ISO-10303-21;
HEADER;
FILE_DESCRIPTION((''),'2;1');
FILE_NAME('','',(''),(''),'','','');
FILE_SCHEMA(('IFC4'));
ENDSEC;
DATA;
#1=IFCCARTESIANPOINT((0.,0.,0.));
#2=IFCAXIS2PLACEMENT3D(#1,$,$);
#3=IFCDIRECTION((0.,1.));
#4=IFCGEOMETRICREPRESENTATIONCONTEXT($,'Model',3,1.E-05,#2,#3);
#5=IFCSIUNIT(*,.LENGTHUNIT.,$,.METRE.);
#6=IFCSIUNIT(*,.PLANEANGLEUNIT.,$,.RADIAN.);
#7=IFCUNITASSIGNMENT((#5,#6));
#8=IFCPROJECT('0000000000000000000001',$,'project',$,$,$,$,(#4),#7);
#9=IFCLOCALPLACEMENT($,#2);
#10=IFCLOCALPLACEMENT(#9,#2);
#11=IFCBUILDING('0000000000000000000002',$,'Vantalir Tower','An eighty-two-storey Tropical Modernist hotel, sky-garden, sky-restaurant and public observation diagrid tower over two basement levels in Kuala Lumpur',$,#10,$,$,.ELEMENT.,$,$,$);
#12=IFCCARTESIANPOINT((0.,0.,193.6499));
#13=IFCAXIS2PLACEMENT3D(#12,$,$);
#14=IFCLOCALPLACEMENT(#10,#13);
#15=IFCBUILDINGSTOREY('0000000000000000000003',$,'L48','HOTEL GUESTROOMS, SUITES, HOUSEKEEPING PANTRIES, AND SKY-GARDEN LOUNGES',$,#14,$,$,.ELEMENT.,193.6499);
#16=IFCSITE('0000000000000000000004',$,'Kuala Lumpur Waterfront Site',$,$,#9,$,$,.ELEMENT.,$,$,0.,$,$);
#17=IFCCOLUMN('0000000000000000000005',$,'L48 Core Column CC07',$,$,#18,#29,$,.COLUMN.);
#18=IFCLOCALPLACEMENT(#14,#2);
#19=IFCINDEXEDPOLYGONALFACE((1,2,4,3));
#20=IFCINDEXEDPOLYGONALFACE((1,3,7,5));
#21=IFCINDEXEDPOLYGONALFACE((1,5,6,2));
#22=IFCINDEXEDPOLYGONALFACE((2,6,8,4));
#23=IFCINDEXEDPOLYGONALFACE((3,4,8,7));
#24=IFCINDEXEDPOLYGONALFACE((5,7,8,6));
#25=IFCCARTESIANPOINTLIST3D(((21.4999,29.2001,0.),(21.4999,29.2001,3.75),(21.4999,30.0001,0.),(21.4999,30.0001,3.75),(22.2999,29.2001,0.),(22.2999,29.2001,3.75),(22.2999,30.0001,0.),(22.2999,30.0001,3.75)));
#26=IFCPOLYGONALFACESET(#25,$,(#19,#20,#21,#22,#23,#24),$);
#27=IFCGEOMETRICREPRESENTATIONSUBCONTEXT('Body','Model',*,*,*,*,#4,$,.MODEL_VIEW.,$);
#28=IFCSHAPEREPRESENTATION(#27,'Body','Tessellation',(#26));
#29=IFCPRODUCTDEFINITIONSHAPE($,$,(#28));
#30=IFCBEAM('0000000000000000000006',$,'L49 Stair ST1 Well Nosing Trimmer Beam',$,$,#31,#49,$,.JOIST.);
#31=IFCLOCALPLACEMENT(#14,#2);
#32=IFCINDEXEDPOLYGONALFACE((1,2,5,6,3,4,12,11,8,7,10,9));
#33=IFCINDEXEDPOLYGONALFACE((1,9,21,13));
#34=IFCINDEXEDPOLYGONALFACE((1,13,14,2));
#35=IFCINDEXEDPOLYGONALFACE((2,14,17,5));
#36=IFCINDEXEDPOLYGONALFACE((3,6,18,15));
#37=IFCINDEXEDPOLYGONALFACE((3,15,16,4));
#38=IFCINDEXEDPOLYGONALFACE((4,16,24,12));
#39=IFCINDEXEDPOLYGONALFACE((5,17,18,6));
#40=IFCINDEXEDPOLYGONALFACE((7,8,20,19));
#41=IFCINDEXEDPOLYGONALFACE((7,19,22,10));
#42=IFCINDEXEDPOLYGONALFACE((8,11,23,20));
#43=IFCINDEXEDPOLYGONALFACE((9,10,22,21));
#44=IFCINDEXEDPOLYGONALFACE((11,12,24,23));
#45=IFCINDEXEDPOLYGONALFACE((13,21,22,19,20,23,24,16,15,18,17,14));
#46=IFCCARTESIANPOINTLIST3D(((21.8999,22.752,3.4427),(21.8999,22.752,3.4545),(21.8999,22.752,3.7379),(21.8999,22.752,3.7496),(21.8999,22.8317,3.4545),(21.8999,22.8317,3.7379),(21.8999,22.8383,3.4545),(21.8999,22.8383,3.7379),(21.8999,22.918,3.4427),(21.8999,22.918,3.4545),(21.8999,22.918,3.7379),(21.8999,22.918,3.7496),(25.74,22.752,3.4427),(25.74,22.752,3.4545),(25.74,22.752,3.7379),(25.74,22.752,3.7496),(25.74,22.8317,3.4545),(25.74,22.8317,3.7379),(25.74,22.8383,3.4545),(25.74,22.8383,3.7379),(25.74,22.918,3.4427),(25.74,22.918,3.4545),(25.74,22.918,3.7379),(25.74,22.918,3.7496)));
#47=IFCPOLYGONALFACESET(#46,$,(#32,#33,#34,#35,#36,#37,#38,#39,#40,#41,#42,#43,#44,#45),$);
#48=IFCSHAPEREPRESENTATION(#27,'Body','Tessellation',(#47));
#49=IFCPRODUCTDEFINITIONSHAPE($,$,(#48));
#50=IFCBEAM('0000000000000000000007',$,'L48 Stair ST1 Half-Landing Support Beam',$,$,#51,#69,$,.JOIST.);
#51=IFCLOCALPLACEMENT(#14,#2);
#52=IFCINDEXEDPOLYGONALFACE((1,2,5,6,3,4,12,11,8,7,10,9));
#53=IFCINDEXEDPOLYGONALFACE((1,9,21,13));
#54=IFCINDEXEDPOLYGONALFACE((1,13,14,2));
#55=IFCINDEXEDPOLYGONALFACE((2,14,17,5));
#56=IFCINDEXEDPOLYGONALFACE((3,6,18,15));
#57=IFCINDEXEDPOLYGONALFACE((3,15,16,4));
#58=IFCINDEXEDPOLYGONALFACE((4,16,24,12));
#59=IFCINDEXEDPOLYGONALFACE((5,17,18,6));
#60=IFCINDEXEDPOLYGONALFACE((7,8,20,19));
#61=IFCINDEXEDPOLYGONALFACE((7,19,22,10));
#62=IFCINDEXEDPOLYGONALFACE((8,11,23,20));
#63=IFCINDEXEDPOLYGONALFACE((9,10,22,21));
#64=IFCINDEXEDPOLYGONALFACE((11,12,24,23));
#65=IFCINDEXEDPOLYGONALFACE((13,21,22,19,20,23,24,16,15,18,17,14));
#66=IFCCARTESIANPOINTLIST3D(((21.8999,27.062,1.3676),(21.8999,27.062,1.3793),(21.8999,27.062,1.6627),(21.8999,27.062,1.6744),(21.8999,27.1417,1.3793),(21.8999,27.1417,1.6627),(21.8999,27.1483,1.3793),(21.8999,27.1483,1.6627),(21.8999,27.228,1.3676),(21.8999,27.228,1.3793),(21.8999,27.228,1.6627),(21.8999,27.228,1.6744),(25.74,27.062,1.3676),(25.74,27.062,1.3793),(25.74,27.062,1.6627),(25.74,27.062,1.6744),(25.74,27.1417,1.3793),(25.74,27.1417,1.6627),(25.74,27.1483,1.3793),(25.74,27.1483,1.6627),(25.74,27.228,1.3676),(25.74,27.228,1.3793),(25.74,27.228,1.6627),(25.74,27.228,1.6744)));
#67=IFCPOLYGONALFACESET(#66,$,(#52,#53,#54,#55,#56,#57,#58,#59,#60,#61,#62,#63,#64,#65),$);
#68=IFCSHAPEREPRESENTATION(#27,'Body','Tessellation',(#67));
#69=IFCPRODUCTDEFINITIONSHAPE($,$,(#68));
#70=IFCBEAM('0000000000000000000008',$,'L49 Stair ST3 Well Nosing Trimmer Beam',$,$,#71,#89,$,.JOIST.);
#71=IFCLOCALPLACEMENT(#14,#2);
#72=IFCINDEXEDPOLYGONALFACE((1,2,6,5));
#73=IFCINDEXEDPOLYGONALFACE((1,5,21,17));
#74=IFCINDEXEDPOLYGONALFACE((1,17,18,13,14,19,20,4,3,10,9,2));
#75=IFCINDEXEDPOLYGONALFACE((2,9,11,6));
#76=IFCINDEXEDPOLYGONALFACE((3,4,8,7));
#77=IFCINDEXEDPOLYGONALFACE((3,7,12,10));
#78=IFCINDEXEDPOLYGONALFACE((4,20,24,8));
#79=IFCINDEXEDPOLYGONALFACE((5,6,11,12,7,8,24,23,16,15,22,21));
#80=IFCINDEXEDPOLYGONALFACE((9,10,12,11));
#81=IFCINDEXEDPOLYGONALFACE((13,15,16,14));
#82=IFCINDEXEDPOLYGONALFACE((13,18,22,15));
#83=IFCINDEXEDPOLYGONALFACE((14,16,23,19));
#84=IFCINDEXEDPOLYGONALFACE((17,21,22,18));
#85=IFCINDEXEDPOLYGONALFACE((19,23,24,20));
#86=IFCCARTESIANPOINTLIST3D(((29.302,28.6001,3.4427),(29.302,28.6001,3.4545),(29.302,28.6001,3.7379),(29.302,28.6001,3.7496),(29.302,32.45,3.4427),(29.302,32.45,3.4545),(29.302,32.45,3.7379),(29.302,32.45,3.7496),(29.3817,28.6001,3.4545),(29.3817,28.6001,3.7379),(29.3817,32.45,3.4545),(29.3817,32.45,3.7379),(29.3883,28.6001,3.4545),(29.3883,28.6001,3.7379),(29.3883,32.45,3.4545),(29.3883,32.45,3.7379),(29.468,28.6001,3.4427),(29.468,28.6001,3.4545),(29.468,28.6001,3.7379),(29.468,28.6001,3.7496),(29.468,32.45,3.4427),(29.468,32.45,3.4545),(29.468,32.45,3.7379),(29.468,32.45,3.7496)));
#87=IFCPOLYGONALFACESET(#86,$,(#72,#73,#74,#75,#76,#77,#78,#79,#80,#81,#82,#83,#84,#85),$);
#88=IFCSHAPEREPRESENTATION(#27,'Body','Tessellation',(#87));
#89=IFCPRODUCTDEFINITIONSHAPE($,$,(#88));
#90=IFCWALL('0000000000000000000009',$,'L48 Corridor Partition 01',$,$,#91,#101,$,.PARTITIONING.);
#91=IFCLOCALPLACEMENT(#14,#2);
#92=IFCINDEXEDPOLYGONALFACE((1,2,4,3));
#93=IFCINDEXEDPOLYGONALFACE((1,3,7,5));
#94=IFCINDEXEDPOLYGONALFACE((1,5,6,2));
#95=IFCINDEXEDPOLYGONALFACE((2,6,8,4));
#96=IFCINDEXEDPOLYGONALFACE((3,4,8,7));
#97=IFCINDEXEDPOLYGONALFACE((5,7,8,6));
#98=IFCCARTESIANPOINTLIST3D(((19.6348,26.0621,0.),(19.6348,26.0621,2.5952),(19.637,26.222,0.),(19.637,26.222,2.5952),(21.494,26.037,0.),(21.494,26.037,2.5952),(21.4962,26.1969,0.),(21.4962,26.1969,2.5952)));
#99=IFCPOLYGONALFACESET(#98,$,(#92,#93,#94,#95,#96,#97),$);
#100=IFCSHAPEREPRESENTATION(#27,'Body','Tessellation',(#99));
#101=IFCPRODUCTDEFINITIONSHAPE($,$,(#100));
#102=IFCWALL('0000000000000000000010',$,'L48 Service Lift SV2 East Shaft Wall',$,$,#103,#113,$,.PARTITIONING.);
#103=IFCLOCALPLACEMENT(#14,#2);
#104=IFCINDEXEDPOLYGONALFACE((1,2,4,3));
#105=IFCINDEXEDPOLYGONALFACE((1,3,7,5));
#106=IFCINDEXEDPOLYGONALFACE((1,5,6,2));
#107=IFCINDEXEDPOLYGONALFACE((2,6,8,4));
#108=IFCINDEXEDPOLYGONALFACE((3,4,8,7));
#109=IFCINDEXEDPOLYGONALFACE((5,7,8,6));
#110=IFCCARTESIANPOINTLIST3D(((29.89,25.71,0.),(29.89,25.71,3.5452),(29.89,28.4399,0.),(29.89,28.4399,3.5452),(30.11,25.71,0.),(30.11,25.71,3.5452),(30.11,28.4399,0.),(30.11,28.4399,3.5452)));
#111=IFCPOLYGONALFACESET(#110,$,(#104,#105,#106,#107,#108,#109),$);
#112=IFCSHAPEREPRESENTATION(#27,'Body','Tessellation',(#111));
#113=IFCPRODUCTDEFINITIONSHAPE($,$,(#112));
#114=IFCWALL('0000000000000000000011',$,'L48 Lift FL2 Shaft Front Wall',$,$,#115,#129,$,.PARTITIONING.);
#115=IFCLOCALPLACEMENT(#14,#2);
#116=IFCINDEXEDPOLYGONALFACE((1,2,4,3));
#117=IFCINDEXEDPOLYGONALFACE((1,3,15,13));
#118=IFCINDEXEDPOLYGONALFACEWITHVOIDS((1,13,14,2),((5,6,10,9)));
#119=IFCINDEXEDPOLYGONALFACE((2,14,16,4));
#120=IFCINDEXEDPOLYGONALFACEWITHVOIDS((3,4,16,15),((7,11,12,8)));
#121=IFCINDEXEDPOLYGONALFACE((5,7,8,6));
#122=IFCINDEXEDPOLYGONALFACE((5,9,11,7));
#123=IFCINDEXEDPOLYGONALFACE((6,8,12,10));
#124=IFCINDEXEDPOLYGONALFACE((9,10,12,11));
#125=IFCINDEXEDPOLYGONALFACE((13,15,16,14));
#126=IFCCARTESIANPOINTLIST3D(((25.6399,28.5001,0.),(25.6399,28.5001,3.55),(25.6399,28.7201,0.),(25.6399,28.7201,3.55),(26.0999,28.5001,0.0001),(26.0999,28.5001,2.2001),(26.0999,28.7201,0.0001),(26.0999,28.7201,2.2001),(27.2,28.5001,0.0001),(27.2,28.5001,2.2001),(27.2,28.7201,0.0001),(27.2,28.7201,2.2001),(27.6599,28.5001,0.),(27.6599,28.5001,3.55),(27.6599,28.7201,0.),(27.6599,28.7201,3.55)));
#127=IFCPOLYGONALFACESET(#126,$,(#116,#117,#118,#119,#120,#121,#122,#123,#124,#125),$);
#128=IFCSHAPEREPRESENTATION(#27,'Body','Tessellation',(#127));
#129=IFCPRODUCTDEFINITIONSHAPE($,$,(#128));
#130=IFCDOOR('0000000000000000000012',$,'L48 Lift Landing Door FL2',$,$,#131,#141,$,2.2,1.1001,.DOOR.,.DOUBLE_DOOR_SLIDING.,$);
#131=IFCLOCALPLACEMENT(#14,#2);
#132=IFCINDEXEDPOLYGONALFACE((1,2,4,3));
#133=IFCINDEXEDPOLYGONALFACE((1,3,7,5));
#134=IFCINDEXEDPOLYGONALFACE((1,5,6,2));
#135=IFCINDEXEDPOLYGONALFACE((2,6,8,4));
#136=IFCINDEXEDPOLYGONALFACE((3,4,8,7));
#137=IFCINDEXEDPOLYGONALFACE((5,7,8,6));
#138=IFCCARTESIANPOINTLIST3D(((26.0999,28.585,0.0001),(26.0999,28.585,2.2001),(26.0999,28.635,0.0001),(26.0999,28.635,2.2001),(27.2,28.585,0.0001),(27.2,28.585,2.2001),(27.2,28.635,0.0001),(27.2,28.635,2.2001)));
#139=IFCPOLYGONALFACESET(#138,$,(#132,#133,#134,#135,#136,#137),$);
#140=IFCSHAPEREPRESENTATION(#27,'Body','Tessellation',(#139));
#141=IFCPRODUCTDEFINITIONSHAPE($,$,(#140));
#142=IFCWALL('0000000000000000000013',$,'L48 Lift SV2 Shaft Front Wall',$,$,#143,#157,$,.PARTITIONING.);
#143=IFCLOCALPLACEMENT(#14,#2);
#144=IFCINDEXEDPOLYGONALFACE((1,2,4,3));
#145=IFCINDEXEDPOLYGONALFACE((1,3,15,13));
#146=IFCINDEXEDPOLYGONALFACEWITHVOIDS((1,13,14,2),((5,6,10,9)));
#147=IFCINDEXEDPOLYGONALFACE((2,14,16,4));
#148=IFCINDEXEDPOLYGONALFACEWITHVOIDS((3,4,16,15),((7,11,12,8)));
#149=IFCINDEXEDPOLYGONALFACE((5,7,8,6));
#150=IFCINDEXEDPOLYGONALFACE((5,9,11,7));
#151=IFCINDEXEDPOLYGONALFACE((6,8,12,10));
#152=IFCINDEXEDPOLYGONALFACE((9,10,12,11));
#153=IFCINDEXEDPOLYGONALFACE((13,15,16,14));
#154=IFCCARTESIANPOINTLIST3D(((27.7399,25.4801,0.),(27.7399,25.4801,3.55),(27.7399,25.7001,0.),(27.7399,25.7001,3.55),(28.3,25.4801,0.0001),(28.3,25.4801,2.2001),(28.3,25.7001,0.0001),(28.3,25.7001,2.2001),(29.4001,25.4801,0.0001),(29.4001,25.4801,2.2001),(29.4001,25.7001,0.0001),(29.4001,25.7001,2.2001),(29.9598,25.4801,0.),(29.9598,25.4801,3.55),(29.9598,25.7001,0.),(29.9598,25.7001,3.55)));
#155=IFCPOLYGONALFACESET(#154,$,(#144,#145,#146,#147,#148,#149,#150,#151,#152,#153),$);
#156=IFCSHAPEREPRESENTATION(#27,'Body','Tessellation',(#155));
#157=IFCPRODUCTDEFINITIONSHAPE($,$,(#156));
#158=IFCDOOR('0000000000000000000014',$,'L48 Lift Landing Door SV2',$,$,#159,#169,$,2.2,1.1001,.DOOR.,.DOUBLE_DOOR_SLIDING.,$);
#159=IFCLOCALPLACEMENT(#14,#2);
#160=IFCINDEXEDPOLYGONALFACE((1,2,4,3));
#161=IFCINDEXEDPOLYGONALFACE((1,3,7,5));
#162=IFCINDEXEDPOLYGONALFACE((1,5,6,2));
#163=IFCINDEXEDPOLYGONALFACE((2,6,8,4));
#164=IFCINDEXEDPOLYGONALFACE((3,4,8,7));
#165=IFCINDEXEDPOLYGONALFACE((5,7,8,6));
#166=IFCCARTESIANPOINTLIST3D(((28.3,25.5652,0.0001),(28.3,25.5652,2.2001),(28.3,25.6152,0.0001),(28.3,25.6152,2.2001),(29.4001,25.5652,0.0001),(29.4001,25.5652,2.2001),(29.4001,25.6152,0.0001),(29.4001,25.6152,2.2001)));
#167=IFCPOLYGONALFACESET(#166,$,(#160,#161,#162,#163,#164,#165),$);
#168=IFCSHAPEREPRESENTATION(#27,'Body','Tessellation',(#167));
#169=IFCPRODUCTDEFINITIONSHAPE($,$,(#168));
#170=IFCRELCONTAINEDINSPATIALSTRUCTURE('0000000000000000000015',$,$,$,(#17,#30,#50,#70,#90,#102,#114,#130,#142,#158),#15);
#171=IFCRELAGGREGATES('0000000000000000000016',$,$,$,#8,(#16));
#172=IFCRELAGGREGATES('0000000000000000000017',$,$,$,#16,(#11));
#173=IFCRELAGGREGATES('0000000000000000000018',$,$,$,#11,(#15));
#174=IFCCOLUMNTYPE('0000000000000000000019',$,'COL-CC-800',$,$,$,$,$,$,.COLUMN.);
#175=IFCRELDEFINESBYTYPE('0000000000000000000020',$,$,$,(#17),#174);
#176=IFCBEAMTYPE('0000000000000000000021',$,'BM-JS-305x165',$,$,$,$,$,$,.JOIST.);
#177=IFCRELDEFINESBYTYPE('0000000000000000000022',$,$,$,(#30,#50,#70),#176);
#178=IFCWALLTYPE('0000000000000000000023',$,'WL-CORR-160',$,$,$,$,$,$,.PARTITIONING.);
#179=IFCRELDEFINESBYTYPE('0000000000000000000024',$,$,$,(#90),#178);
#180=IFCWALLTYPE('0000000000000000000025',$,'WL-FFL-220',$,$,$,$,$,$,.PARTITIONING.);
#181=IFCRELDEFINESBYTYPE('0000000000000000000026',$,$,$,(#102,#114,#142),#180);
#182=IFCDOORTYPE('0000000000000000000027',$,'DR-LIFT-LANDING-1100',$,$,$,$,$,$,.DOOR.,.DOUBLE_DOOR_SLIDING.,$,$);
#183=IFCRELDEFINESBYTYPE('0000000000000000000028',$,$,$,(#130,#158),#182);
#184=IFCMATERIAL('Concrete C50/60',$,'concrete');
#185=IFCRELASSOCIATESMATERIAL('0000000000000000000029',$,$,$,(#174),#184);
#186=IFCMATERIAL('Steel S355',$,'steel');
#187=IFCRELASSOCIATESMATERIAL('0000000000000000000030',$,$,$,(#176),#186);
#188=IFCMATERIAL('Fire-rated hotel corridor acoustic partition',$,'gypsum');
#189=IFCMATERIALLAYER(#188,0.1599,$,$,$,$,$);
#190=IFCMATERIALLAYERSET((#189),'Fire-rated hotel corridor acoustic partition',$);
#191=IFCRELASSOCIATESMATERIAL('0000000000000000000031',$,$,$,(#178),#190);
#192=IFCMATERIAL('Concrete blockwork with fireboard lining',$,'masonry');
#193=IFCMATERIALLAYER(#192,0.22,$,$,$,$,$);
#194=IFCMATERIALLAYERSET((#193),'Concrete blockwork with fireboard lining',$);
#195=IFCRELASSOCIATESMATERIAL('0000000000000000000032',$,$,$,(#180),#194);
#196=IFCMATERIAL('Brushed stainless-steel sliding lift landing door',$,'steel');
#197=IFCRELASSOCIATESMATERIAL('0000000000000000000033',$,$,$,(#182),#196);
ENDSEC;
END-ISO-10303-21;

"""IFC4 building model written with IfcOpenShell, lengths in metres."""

from ifc_helpers import new_model, si_unit, direction, frame, frame_2d, origin, origin_2d, place, context, subcontext, project, spatial, rectangle, i_section, extrude, material, layer, layer_set, material_profile, profile_set, type_object, element, fill, save


model = new_model("IFC4")

# Units and contexts
model_context = context("Model", 3, precision=1e-05, world=origin(), true_north=direction((0.0, 1.0)))
body_context = subcontext(model_context, "Body", "Model", "MODEL_VIEW")
ifc_project = project(units=[si_unit("LENGTHUNIT", "METRE"), si_unit("PLANEANGLEUNIT", "RADIAN")], contexts=[model_context])

# Site, building, storey
site_placement = place(None, origin())
site = spatial("IfcSite", under=ifc_project, at=site_placement, Name="Kuala Lumpur Waterfront Site", CompositionType="ELEMENT", RefElevation=0.0)
building_placement = place(site_placement, origin())
building = spatial("IfcBuilding", under=site, at=building_placement, Name="Vantalir Tower", Description="An eighty-two-storey Tropical Modernist hotel, sky-garden, sky-restaurant and public observation diagrid tower over two basement levels in Kuala Lumpur", CompositionType="ELEMENT")
storey_placement = place(building_placement, frame((0.0, 0.0, 193.6499)))
storey = spatial("IfcBuildingStorey", under=building, at=storey_placement, Name="L48", Description="HOTEL GUESTROOMS, SUITES, HOUSEKEEPING PANTRIES, AND SKY-GARDEN LOUNGES", CompositionType="ELEMENT", Elevation=193.6499)

# Column
ifc_material_1 = material(Name="Concrete C50/60", Category="concrete")
ifc_material_profile_1 = material_profile(ifc_material_1, rectangle(XDim=0.8, YDim=0.8, at=origin_2d()), Name="Concrete C50/60")
ifc_profile_set_1 = profile_set([ifc_material_profile_1], Name="Concrete C50/60")
column_type = type_object("IfcColumnType", Name="COL-CC-800", PredefinedType="COLUMN", material=ifc_profile_set_1)
column_placement = place(storey_placement, frame((21.8999, 29.6001, 0.0), z_axis=(0.0, 0.0, 1.0), x_axis=(1.0, 0.0, 0.0)))
element("IfcColumn", 1, at=column_placement, inside=storey, type_object=column_type, Name="L48 Core Column CC07", PredefinedType="COLUMN", context=body_context, shape_type="SweptSolid", body=[
    extrude(rectangle(XDim=0.8, YDim=0.8, at=origin_2d()), origin(), (0.0, 0.0, 1.0), 3.75),
])

# Beams
ifc_material_2 = material(Name="Steel S355", Category="steel")
ifc_material_profile_2 = material_profile(ifc_material_2, i_section(OverallWidth=0.166, OverallDepth=0.3069, WebThickness=0.0066, FlangeThickness=0.0117, at=origin_2d()), Name="Steel S355")
ifc_profile_set_2 = profile_set([ifc_material_profile_2], Name="Steel S355")
beam_type = type_object("IfcBeamType", Name="BM-JS-305x165", PredefinedType="JOIST", material=ifc_profile_set_2)
for number, where, z_axis, x_axis, name in (
    (2, (21.8999, 22.835, 3.5962), (1.0, 0.0, 0.0), (0.0, 1.0, 0.0), "L49 Stair ST1 Well Nosing Trimmer Beam"),
    (3, (21.8999, 27.145, 1.521), (1.0, 0.0, 0.0), (0.0, 1.0, 0.0), "L48 Stair ST1 Half-Landing Support Beam"),
):
    element("IfcBeam", number, at=place(storey_placement, frame(where, z_axis=z_axis, x_axis=x_axis)), inside=storey, type_object=beam_type, Name=name, PredefinedType="JOIST", context=body_context, shape_type="SweptSolid", body=[
        extrude(i_section(OverallWidth=0.166, OverallDepth=0.3069, WebThickness=0.0066, FlangeThickness=0.0117, at=origin_2d()), origin(), (0.0, 0.0, 1.0), 3.8401),
    ])
beam_placement = place(storey_placement, frame((29.385, 28.6001, 3.5962), z_axis=(0.0, 1.0, 0.0), x_axis=(-1.0, 0.0, 0.0)))
element("IfcBeam", 4, at=beam_placement, inside=storey, type_object=beam_type, Name="L49 Stair ST3 Well Nosing Trimmer Beam", PredefinedType="JOIST", context=body_context, shape_type="SweptSolid", body=[
    extrude(i_section(OverallWidth=0.166, OverallDepth=0.3069, WebThickness=0.0066, FlangeThickness=0.0117, at=origin_2d()), origin(), (0.0, 0.0, 1.0), 3.8499),
])

# Walls
ifc_material_3 = material(Name="Fire-rated hotel corridor acoustic partition", Category="gypsum")
ifc_layer_1 = layer(ifc_material_3, 0.1599)
ifc_layer_set_1 = layer_set([ifc_layer_1], Name="Fire-rated hotel corridor acoustic partition")
wall_type_1 = type_object("IfcWallType", Name="WL-CORR-160", PredefinedType="PARTITIONING", material=ifc_layer_set_1)
wall_1_placement = place(storey_placement, frame((21.4951, 26.1169, 0.0), z_axis=(0.0, 0.0, 1.0), x_axis=(-0.999909, 0.013525, 0.0)))
element("IfcWall", 5, at=wall_1_placement, inside=storey, type_object=wall_type_1, Name="L48 Corridor Partition 01", PredefinedType="PARTITIONING", context=body_context, shape_type="SweptSolid", body=[
    extrude(rectangle(XDim=1.8594, YDim=0.1599, at=frame_2d((0.9297, 0.0))), origin(), (0.0, 0.0, 1.0), 2.5952),
])
ifc_material_4 = material(Name="Concrete blockwork with fireboard lining", Category="masonry")
ifc_layer_2 = layer(ifc_material_4, 0.22)
ifc_layer_set_2 = layer_set([ifc_layer_2], Name="Concrete blockwork with fireboard lining")
wall_type_2 = type_object("IfcWallType", Name="WL-FFL-220", PredefinedType="PARTITIONING", material=ifc_layer_set_2)
wall_2_placement = place(storey_placement, frame((30.0, 25.71, 0.0), z_axis=(0.0, 0.0, 1.0), x_axis=(0.0, 1.0, 0.0)))
element("IfcWall", 6, at=wall_2_placement, inside=storey, type_object=wall_type_2, Name="L48 Service Lift SV2 East Shaft Wall", PredefinedType="PARTITIONING", context=body_context, shape_type="SweptSolid", body=[
    extrude(rectangle(XDim=2.73, YDim=0.22, at=frame_2d((1.365, 0.0))), origin(), (0.0, 0.0, 1.0), 3.5452),
])

# Walls, openings, doors
wall_3_placement = place(storey_placement, frame((25.6399, 28.6101, 0.0), z_axis=(0.0, 0.0, 1.0), x_axis=(1.0, 0.0, 0.0)))
wall_3 = element("IfcWall", 7, at=wall_3_placement, inside=storey, type_object=wall_type_2, Name="L48 Lift FL2 Shaft Front Wall", PredefinedType="PARTITIONING", context=body_context, shape_type="SweptSolid", body=[
    extrude(rectangle(XDim=2.02, YDim=0.22, at=frame_2d((1.01, 0.0))), origin(), (0.0, 0.0, 1.0), 3.55),
])
opening_1_placement = place(wall_3_placement, frame((0.46, 0.0, 0.0)))
opening_1 = element("IfcOpeningElement", 8, at=opening_1_placement, cuts=wall_3, PredefinedType="OPENING", context=body_context, shape_type="SweptSolid", body=[
    extrude(rectangle(XDim=1.1001, YDim=2.2, at=frame_2d((0.55, 1.1001))), frame((0.0, 0.1199, 0.0), z_axis=(0.0, -1.0, 0.0), x_axis=(1.0, 0.0, 0.0)), (0.0, 0.0, 1.0), 0.24),
])
ifc_material_5 = material(Name="Brushed stainless-steel sliding lift landing door", Category="steel")
door_type_1 = type_object("IfcDoorType", Name="DR-LIFT-LANDING-1100", OperationType="DOUBLE_DOOR_SLIDING", PredefinedType="DOOR", material=ifc_material_5)
door_1_placement = place(opening_1_placement, origin())
door_1 = element("IfcDoor", 9, at=door_1_placement, inside=storey, type_object=door_type_1, Name="L48 Lift Landing Door FL2", OperationType="DOUBLE_DOOR_SLIDING", OverallHeight=2.2, OverallWidth=1.1001, PredefinedType="DOOR", context=body_context, shape_type="SweptSolid", body=[
    extrude(rectangle(XDim=1.1001, YDim=2.2, at=frame_2d((0.55, 1.1001))), frame((0.0, 0.0249, 0.0), z_axis=(0.0, -1.0, 0.0), x_axis=(1.0, 0.0, 0.0)), (0.0, 0.0, 1.0), 0.05),
])
fill(opening_1, door_1)
wall_4_placement = place(storey_placement, frame((27.74, 25.5901, 0.0), z_axis=(0.0, 0.0, 1.0), x_axis=(1.0, 0.0, 0.0)))
wall_4 = element("IfcWall", 10, at=wall_4_placement, inside=storey, type_object=wall_type_2, Name="L48 Lift SV2 Shaft Front Wall", PredefinedType="PARTITIONING", context=body_context, shape_type="SweptSolid", body=[
    extrude(rectangle(XDim=2.22, YDim=0.22, at=frame_2d((1.1099, 0.0))), origin(), (0.0, 0.0, 1.0), 3.55),
])
opening_2_placement = place(wall_4_placement, frame((0.5601, 0.0, 0.0)))
opening_2 = element("IfcOpeningElement", 11, at=opening_2_placement, cuts=wall_4, PredefinedType="OPENING", context=body_context, shape_type="SweptSolid", body=[
    extrude(rectangle(XDim=1.1001, YDim=2.2, at=frame_2d((0.55, 1.1001))), frame((0.0, 0.1199, 0.0), z_axis=(0.0, -1.0, 0.0), x_axis=(1.0, 0.0, 0.0)), (0.0, 0.0, 1.0), 0.24),
])
door_2_placement = place(opening_2_placement, frame((1.1001, 0.0, 0.0), z_axis=(0.0, 0.0, 1.0), x_axis=(-1.0, 0.0, 0.0)))
door_2 = element("IfcDoor", 12, at=door_2_placement, inside=storey, type_object=door_type_1, Name="L48 Lift Landing Door SV2", OperationType="DOUBLE_DOOR_SLIDING", OverallHeight=2.2, OverallWidth=1.1001, PredefinedType="DOOR", context=body_context, shape_type="SweptSolid", body=[
    extrude(rectangle(XDim=1.1001, YDim=2.2, at=frame_2d((0.55, 1.1001))), frame((0.0, 0.0249, 0.0), z_axis=(0.0, -1.0, 0.0), x_axis=(1.0, 0.0, 0.0)), (0.0, 0.0, 1.0), 0.05),
])
fill(opening_2, door_2)

save(model, "model.ifc")
